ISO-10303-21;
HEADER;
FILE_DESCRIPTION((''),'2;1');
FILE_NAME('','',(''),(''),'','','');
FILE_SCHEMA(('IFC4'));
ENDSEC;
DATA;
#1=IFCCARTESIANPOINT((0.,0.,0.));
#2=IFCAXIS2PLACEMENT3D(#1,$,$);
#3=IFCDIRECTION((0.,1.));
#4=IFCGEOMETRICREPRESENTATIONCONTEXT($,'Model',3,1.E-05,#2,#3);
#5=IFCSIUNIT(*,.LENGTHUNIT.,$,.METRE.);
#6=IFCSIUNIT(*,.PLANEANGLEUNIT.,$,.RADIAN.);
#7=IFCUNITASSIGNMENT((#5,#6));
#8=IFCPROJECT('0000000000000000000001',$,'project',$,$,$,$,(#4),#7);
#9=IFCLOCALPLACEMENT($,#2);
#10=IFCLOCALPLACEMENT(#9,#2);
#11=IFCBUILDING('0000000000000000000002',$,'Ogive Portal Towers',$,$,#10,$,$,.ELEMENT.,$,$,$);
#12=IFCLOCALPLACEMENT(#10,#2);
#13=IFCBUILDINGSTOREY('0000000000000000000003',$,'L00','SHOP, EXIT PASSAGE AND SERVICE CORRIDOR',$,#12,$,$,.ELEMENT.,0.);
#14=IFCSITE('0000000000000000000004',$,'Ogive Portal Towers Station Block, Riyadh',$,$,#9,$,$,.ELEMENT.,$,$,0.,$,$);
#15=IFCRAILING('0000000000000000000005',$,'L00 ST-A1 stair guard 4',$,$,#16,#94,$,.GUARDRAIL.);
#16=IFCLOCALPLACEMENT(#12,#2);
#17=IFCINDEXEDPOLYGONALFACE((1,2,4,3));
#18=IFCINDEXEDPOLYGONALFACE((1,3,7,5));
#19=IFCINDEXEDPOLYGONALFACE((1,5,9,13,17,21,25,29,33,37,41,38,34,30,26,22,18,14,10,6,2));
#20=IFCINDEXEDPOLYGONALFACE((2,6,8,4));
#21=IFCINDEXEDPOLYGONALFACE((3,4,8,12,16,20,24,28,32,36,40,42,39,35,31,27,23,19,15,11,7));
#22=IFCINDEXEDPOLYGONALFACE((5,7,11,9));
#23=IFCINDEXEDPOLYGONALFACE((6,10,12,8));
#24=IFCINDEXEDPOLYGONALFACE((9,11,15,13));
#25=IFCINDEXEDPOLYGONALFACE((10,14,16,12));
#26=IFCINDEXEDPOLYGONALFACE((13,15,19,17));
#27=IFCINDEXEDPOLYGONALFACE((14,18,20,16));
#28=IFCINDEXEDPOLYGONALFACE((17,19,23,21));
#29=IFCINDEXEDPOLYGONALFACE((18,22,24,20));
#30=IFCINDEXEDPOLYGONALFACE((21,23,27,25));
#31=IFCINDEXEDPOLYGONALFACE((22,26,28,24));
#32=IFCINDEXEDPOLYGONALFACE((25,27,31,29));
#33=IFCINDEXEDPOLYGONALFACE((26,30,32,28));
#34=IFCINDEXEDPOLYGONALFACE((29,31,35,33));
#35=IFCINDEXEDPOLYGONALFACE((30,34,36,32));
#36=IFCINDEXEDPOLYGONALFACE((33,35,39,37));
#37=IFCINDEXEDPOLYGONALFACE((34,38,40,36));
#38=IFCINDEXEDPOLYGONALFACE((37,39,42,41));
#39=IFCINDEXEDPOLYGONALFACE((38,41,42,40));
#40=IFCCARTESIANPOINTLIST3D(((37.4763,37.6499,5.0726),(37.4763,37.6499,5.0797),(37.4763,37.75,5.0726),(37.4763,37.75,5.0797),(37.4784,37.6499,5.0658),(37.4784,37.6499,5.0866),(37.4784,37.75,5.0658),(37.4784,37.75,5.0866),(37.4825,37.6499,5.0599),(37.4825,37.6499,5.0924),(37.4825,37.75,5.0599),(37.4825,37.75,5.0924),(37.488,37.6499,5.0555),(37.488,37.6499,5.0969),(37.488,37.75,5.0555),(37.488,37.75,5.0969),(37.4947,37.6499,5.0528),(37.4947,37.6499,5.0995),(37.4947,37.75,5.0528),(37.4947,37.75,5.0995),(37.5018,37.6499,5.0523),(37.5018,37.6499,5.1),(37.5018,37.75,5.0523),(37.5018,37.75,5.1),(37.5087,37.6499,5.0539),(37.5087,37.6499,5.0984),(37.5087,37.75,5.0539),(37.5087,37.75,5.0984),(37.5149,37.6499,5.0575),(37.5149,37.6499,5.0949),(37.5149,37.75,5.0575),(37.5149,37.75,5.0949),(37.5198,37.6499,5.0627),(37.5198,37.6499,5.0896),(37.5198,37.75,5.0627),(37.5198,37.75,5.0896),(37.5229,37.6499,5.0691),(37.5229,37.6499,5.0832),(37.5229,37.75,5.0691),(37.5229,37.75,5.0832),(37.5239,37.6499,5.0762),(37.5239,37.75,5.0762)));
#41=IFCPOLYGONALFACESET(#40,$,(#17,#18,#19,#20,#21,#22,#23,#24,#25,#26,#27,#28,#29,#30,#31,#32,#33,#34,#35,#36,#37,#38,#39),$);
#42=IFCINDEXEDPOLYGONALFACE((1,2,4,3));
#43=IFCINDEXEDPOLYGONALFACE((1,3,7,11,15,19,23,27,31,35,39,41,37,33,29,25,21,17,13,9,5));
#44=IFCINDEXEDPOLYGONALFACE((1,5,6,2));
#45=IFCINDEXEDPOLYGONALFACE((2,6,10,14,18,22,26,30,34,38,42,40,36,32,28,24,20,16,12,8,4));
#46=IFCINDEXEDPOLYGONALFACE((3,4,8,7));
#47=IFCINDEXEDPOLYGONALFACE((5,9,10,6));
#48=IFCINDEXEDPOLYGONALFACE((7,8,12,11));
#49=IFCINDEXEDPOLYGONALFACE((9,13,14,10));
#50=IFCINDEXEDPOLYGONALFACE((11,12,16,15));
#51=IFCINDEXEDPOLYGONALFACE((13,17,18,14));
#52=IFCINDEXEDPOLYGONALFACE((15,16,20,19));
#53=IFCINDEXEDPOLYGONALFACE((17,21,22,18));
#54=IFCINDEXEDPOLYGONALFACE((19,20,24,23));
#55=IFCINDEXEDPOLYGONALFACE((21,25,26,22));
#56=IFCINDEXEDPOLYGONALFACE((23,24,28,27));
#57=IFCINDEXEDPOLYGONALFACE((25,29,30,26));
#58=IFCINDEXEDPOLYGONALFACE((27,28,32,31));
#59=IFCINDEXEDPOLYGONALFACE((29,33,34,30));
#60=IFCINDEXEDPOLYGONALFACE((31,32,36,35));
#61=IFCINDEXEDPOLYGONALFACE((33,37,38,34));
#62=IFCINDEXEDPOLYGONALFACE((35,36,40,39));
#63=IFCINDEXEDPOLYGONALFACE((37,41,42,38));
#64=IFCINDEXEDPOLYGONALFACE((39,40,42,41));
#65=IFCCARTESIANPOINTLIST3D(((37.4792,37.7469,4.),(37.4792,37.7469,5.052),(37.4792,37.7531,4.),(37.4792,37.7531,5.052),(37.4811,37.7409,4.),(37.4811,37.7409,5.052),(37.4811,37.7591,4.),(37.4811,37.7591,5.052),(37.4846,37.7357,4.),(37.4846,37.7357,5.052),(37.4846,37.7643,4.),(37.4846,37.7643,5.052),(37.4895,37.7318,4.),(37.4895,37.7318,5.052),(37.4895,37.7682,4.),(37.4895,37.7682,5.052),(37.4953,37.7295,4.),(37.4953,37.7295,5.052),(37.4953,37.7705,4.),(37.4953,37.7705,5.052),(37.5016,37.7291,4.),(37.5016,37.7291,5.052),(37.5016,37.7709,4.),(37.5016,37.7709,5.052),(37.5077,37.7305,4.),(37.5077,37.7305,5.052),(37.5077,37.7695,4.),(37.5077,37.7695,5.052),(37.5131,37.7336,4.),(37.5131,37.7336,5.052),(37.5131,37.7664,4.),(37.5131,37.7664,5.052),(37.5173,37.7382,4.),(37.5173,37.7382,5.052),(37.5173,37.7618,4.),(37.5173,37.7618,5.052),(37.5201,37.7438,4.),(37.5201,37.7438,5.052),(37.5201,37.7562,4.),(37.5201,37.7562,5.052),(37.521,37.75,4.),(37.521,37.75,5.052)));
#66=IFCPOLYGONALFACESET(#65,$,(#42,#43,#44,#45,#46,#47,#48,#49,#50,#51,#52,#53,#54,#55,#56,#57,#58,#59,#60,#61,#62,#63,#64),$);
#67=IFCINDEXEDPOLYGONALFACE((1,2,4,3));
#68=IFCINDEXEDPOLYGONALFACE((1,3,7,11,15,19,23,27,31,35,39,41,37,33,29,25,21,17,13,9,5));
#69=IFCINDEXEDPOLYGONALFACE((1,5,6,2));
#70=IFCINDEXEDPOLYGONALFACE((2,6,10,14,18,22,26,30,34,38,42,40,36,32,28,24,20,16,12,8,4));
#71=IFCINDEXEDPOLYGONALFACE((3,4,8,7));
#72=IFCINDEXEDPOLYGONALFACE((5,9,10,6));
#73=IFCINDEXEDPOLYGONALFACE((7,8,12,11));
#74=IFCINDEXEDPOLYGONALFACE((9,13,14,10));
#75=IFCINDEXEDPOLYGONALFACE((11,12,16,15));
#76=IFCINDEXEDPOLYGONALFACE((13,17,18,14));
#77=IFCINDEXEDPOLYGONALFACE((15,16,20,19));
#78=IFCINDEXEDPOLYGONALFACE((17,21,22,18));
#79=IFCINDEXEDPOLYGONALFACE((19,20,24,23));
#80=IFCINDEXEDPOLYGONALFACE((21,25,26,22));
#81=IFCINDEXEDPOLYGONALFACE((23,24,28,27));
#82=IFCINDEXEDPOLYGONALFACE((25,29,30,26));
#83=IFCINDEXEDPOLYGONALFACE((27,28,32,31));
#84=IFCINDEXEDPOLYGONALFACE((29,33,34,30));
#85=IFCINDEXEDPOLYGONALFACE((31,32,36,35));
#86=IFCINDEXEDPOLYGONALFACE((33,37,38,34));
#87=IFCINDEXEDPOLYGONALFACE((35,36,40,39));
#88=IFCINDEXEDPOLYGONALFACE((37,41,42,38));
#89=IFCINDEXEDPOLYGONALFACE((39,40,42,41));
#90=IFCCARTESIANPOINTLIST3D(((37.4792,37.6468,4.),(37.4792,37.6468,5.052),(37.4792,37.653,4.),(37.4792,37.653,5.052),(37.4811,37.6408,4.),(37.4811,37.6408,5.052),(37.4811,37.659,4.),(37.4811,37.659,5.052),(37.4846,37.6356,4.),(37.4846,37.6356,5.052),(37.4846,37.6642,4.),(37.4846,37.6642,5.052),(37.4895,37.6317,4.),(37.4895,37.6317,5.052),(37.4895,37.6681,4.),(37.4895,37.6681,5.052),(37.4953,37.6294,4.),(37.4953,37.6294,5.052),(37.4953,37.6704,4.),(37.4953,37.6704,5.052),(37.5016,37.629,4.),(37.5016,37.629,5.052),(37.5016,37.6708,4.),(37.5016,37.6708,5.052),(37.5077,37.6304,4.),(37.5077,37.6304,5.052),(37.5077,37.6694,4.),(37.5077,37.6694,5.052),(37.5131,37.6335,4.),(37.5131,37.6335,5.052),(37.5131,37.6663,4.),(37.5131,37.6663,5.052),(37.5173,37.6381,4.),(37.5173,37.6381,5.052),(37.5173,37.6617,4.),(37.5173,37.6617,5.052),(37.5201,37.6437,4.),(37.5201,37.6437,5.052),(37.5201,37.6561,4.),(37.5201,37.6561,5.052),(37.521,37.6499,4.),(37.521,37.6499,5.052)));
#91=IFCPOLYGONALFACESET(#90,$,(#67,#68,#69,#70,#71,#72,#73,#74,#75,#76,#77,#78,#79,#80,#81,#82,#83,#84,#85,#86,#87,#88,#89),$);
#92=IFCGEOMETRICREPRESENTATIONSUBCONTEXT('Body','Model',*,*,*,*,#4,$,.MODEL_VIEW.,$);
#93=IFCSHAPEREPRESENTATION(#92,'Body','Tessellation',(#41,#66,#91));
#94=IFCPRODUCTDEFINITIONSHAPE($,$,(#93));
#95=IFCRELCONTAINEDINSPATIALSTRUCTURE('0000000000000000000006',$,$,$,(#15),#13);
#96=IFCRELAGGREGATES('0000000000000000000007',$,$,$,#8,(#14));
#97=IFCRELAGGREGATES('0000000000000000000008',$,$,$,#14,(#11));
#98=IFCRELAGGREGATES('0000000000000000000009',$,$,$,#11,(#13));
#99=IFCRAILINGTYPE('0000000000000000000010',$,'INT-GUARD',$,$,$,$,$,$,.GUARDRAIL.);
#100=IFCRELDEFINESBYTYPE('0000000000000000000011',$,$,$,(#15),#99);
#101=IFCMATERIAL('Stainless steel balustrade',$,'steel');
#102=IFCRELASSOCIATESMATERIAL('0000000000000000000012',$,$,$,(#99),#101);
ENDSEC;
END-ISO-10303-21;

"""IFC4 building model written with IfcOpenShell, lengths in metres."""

from ifc_helpers import new_model, si_unit, direction, frame, origin, origin_2d, place, context, subcontext, project, spatial, circle, extrude, material, type_object, element, save


model = new_model("IFC4")

# Units and contexts
model_context = context("Model", 3, precision=1e-05, world=origin(), true_north=direction((0.0, 1.0)))
body_context = subcontext(model_context, "Body", "Model", "MODEL_VIEW")
ifc_project = project(units=[si_unit("LENGTHUNIT", "METRE"), si_unit("PLANEANGLEUNIT", "RADIAN")], contexts=[model_context])

# Site, building, storey
site_placement = place(None, origin())
site = spatial("IfcSite", under=ifc_project, at=site_placement, Name="Ogive Portal Towers Station Block, Riyadh", CompositionType="ELEMENT", RefElevation=0.0)
building_placement = place(site_placement, origin())
building = spatial("IfcBuilding", under=site, at=building_placement, Name="Ogive Portal Towers", CompositionType="ELEMENT")
storey_placement = place(building_placement, origin())
storey = spatial("IfcBuildingStorey", under=building, at=storey_placement, Name="L00", Description="SHOP, EXIT PASSAGE AND SERVICE CORRIDOR", CompositionType="ELEMENT", Elevation=0.0)

# Railing
ifc_material_1 = material(Name="Stainless steel balustrade", Category="steel")
railing_type_1 = type_object("IfcRailingType", Name="INT-GUARD", PredefinedType="GUARDRAIL", material=ifc_material_1)
railing_1_placement = place(storey_placement, frame((37.5, 37.75, 4.0)))
element("IfcRailing", 1, at=railing_1_placement, inside=storey, type_object=railing_type_1, Name="L00 ST-A1 stair guard 4", PredefinedType="GUARDRAIL", context=body_context, shape_type="SweptSolid", body=[
    extrude(circle(Radius=0.0239, at=origin_2d()), frame((0.0, 0.0, 1.0762), z_axis=(0.0, -1.0, 0.0), x_axis=(1.0, 0.0, 0.0)), (0.0, 0.0, 1.0), 0.1001),
    extrude(circle(Radius=0.021, at=origin_2d()), origin(), (0.0, 0.0, 1.0), 1.052),
    extrude(circle(Radius=0.021, at=origin_2d()), frame((0.0, -0.1001, 0.0)), (0.0, 0.0, 1.0), 1.052),
])

save(model, "model.ifc")
